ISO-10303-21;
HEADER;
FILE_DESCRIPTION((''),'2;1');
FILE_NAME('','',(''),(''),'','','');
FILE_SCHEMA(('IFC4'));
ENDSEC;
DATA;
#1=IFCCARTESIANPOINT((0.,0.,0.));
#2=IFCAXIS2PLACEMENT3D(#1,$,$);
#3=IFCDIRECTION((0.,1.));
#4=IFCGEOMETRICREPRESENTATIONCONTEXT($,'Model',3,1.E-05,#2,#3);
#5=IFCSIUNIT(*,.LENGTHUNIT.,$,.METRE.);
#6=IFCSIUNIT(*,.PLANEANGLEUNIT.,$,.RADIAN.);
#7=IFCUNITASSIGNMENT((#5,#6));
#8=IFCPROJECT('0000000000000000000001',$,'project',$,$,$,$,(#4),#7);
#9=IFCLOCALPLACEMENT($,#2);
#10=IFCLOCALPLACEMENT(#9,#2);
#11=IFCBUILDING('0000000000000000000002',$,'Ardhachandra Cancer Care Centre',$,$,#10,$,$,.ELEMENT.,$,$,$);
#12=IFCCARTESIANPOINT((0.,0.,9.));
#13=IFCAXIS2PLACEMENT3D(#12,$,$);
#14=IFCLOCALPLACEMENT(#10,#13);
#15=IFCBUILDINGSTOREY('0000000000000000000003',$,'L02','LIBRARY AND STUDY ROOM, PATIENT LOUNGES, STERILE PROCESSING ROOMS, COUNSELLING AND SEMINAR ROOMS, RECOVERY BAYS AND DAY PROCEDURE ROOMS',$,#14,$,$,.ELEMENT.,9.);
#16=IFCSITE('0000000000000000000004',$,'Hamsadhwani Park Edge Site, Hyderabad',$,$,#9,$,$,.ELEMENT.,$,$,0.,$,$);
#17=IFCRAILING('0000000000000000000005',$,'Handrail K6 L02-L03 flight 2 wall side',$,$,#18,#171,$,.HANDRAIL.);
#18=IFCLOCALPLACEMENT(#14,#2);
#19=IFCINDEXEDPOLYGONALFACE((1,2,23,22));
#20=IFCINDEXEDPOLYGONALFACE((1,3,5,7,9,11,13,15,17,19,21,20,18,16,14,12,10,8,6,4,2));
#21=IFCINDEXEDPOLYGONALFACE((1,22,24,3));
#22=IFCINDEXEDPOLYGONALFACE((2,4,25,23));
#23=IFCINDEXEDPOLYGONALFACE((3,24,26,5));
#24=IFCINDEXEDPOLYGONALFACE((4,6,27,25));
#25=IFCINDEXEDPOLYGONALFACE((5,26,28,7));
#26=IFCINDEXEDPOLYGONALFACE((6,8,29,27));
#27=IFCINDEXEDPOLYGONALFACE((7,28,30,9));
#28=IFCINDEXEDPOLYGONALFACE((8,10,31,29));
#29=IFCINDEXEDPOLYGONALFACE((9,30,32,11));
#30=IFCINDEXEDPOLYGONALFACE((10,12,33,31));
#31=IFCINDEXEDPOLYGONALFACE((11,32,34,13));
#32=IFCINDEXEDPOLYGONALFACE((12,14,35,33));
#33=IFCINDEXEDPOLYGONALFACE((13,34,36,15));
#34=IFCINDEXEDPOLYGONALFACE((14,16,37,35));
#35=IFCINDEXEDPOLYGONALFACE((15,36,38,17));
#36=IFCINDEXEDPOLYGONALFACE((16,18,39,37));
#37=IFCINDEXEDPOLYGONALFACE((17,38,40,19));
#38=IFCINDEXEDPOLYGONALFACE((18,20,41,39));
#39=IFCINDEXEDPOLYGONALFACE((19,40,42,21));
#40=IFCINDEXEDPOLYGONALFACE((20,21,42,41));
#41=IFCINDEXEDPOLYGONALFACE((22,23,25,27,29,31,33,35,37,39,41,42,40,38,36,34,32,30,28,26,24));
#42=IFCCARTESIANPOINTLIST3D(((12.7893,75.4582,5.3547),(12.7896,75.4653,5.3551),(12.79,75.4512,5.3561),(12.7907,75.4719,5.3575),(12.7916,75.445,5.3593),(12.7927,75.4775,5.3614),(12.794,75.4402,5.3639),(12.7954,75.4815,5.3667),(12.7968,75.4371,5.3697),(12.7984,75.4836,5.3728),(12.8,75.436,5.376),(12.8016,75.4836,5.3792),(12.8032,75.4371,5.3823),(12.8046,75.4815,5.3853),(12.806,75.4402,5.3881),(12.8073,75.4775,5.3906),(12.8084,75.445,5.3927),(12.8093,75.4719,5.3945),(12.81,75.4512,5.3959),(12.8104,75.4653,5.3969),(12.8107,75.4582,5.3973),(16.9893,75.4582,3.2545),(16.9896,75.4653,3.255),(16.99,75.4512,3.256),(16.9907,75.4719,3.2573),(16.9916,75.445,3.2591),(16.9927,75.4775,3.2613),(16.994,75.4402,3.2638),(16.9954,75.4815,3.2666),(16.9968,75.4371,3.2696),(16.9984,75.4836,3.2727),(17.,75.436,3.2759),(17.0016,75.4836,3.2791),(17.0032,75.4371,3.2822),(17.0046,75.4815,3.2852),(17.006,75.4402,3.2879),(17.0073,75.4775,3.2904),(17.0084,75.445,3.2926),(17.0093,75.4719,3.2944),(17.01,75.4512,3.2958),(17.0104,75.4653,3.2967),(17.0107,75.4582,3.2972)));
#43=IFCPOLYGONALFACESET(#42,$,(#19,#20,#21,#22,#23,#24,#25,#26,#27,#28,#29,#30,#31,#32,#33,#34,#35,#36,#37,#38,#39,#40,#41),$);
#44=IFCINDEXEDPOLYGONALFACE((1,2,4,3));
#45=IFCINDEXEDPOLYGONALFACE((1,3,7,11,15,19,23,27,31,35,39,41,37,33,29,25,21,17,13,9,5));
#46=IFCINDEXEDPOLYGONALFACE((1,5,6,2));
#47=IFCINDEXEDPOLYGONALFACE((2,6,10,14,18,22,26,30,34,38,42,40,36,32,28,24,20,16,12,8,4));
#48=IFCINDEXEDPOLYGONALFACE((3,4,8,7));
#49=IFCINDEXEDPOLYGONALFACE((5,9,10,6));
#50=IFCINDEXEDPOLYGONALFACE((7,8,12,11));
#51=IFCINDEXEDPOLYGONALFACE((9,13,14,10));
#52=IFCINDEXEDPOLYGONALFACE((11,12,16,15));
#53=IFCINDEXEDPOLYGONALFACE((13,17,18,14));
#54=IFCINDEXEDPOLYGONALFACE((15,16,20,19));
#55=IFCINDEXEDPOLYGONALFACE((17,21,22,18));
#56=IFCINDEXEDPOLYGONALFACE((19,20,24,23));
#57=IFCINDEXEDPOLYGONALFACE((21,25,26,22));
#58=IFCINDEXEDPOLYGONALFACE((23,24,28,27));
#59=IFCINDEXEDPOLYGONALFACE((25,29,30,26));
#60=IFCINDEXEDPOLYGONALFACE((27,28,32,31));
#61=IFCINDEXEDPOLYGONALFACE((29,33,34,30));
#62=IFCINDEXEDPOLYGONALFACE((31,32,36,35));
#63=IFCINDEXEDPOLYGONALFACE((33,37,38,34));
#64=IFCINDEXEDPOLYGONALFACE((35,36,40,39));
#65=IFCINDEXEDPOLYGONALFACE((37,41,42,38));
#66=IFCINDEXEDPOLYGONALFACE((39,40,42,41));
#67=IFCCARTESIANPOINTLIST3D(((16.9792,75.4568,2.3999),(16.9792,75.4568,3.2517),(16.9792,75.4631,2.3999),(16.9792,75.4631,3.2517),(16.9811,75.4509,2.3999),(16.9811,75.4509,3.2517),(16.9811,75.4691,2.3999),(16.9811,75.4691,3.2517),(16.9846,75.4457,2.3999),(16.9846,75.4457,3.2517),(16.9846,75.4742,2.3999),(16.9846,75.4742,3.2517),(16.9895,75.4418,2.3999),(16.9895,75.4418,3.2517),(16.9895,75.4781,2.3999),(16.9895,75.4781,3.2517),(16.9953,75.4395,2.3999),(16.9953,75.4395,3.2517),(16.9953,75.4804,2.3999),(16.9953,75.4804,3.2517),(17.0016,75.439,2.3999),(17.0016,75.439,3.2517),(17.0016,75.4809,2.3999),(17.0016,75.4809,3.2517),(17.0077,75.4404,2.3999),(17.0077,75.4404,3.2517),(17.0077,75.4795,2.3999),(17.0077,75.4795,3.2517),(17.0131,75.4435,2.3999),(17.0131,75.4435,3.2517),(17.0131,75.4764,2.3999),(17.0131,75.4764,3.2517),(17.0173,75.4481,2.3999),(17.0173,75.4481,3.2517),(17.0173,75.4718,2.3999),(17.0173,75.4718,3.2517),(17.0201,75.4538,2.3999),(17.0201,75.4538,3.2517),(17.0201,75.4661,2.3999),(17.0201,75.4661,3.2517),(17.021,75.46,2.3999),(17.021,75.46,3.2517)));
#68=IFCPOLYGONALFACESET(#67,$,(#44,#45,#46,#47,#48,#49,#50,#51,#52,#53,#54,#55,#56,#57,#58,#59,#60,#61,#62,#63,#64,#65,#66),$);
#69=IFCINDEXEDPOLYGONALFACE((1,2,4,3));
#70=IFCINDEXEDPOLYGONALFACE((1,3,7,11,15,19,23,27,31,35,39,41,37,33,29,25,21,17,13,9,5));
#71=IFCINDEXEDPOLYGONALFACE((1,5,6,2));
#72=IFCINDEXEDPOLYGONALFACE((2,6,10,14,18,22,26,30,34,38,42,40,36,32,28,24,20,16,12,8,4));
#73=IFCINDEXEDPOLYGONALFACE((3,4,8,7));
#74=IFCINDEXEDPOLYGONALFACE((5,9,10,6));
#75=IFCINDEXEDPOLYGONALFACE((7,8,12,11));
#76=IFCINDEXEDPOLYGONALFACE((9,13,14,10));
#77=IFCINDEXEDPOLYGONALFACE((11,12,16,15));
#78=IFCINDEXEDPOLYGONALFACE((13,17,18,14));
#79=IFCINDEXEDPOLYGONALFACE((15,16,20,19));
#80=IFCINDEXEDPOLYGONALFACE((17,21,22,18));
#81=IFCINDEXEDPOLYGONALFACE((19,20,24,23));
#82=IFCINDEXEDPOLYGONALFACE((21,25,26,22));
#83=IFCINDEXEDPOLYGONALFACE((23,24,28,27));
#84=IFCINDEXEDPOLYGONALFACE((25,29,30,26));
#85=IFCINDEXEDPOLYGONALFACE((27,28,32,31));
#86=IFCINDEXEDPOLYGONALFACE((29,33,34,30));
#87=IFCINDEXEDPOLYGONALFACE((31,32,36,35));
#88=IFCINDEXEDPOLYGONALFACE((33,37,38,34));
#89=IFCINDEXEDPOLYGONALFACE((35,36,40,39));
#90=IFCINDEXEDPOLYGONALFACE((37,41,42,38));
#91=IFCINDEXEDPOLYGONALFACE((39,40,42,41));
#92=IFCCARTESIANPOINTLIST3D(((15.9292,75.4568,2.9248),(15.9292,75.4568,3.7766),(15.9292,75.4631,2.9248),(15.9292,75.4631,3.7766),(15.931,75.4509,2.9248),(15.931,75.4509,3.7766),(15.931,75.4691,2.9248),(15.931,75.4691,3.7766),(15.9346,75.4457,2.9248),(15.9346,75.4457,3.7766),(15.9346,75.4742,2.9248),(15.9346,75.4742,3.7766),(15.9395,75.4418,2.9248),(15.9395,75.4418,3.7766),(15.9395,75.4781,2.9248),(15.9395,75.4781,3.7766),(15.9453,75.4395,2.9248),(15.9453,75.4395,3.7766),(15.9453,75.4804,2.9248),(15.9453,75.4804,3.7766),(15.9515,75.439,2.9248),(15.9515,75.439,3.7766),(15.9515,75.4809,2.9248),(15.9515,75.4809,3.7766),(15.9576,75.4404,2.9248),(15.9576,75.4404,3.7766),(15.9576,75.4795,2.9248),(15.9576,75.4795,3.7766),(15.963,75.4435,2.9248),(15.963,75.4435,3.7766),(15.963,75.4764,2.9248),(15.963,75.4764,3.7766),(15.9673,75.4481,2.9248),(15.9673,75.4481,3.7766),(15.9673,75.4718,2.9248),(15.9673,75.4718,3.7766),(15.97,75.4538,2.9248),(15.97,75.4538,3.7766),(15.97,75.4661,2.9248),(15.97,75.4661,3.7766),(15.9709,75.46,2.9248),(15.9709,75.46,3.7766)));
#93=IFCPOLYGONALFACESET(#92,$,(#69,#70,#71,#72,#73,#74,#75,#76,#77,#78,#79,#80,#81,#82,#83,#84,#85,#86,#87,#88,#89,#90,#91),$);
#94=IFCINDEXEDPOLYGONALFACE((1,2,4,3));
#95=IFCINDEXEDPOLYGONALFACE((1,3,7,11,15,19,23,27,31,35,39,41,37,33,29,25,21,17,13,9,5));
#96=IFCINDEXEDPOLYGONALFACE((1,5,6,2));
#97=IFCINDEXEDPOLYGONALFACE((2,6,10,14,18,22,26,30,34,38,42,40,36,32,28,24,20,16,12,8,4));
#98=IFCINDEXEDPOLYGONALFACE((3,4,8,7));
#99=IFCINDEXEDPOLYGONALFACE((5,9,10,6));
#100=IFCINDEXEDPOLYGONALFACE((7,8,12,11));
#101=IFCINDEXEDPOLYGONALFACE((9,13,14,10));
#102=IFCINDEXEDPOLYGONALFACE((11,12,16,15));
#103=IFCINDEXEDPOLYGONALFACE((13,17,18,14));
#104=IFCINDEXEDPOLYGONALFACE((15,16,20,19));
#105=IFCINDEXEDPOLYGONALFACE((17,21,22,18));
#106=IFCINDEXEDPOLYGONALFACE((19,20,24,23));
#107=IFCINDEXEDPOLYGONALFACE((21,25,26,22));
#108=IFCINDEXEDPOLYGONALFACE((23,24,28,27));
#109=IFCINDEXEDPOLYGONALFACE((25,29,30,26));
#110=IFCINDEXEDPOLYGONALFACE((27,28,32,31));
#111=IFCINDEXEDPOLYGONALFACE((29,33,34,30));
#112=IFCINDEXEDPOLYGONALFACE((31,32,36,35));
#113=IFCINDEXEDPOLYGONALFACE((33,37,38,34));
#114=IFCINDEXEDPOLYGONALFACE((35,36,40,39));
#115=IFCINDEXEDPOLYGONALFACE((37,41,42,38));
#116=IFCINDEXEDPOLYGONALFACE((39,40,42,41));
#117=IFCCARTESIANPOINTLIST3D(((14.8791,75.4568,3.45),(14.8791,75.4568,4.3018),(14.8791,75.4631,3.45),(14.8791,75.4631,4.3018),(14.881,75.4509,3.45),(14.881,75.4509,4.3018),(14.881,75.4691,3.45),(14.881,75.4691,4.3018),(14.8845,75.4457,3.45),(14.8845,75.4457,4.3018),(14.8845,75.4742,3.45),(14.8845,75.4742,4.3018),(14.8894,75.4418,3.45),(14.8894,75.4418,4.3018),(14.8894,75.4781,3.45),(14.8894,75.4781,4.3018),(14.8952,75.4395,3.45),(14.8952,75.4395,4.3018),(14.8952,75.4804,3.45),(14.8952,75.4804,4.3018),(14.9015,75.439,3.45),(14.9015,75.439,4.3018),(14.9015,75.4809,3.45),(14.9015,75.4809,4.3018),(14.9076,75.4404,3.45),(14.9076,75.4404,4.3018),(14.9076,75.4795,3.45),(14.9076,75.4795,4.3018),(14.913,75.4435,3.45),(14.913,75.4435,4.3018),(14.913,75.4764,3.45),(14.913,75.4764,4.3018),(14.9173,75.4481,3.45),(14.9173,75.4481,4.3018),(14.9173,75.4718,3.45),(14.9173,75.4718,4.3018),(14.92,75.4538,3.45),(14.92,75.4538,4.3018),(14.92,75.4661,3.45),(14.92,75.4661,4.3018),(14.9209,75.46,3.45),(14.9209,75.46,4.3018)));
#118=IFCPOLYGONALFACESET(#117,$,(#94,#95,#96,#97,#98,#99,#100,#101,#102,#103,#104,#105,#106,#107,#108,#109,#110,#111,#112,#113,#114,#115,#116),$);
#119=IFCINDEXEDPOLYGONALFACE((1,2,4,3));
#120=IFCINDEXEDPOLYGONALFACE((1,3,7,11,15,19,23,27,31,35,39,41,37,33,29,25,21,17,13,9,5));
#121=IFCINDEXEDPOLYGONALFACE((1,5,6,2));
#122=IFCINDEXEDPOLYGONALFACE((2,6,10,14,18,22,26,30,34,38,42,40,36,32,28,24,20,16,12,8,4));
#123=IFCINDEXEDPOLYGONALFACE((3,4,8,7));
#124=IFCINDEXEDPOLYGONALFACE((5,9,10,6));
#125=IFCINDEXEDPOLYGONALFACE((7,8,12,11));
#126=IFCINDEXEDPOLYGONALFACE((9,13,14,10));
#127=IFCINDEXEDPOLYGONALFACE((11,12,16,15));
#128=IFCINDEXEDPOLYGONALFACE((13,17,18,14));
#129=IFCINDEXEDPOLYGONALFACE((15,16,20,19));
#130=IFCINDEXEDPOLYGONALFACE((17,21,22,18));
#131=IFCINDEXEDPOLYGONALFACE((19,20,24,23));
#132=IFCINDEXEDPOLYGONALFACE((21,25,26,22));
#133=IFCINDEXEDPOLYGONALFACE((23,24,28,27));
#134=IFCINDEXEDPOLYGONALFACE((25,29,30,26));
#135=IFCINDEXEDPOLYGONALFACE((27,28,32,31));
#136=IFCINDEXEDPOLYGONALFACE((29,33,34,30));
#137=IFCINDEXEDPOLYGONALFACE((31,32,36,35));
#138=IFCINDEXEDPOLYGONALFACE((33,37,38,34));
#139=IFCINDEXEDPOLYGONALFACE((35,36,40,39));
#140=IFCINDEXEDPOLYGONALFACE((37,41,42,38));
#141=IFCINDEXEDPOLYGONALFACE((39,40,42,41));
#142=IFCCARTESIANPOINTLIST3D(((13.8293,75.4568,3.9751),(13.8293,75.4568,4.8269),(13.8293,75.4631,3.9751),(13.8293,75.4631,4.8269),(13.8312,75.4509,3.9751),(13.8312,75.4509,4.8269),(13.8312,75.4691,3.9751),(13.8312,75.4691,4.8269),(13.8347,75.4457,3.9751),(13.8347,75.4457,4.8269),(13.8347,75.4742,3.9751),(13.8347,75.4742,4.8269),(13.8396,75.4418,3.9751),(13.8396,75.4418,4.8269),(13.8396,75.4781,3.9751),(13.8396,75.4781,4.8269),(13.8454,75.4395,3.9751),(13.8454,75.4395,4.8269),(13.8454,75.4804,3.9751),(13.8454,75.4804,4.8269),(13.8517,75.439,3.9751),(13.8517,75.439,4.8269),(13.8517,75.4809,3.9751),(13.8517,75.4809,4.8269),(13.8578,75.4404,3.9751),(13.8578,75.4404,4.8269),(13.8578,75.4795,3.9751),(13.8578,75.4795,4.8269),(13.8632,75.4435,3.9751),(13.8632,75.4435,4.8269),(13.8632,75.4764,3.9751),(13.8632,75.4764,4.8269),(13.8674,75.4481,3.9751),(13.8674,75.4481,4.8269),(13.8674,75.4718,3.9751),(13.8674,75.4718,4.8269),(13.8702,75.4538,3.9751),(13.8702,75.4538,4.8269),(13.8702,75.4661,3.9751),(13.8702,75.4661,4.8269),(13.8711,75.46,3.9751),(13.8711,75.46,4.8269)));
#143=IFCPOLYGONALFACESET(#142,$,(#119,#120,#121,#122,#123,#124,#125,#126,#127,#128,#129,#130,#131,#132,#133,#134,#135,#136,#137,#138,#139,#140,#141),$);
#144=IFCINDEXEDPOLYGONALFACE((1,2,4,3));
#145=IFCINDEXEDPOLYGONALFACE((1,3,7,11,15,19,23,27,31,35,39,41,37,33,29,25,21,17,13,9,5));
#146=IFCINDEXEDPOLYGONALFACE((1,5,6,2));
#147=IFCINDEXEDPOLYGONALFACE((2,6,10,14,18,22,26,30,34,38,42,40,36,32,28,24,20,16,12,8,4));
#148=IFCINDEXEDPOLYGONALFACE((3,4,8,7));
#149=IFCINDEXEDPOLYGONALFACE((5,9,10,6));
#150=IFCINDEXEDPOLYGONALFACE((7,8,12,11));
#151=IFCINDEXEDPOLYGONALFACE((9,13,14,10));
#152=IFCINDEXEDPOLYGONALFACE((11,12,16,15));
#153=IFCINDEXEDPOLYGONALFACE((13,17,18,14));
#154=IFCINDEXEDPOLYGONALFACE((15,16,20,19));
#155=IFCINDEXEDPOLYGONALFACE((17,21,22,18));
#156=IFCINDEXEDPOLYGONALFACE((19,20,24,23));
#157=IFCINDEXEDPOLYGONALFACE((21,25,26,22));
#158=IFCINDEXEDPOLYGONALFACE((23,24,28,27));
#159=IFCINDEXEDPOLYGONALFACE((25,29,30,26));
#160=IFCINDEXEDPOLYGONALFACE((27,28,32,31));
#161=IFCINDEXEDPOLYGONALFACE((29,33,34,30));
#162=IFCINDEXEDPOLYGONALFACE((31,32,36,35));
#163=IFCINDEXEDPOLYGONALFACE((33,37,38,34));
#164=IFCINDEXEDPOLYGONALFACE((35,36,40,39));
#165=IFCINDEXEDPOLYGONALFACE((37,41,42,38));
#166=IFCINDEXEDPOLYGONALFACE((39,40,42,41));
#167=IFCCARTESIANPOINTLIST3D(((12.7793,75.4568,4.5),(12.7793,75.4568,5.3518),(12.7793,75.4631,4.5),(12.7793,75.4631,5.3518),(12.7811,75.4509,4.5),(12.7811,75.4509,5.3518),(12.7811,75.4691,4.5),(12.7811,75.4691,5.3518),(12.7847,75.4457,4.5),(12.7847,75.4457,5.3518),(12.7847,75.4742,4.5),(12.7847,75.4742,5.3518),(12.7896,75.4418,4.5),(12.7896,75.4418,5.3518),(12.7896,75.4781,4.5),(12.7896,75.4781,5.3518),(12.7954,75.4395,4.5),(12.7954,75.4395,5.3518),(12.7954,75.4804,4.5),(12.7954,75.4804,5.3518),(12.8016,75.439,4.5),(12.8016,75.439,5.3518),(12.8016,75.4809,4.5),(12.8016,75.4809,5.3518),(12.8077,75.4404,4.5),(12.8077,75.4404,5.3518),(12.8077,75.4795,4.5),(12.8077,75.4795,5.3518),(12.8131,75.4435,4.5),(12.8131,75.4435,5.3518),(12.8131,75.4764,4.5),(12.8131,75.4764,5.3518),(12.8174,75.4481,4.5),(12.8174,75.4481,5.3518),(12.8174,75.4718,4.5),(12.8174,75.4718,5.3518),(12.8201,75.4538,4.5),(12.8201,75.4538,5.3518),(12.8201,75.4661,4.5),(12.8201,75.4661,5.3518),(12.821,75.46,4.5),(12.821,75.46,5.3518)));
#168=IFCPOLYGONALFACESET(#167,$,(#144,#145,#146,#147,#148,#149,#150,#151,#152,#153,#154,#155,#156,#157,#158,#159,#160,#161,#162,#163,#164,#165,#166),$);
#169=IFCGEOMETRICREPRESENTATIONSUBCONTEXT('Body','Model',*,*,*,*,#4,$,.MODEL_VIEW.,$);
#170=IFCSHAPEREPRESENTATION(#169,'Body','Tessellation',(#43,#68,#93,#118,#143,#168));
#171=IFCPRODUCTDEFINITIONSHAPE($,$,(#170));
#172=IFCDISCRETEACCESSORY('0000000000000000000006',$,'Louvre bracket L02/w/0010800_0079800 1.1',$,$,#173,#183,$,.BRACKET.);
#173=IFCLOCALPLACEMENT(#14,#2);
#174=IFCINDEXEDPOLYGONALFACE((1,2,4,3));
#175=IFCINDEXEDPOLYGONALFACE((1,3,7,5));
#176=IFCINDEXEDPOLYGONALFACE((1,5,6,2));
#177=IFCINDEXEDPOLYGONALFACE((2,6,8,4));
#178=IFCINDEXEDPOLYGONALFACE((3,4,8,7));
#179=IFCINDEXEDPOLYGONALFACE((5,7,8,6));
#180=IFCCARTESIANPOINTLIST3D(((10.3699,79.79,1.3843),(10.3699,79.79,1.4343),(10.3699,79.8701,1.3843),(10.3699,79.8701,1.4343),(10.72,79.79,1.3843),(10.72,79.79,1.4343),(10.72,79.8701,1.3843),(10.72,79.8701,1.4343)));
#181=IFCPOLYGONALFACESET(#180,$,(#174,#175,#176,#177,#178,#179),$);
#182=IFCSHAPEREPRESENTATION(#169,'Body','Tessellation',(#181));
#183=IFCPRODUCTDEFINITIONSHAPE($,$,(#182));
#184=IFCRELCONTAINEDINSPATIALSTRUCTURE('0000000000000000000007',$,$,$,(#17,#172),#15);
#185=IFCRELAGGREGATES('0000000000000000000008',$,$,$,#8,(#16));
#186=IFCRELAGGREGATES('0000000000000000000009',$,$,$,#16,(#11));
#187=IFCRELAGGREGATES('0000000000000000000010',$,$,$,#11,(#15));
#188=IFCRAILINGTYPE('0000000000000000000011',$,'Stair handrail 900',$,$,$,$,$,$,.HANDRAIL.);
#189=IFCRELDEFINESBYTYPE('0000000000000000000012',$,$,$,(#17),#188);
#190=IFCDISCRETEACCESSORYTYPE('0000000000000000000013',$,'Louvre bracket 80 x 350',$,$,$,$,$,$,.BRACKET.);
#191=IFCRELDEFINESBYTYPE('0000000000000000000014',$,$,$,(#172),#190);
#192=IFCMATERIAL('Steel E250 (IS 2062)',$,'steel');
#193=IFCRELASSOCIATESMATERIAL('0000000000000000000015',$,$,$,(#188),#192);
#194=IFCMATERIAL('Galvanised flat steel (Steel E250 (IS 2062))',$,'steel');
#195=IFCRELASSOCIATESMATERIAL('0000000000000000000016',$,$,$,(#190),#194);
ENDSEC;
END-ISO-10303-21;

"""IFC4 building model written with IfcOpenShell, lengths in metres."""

from ifc_helpers import new_model, si_unit, direction, frame, origin, origin_2d, place, context, subcontext, project, spatial, rectangle, circle, extrude, material, type_object, element, save


model = new_model("IFC4")

# Units and contexts
model_context = context("Model", 3, precision=1e-05, world=origin(), true_north=direction((0.0, 1.0)))
body_context = subcontext(model_context, "Body", "Model", "MODEL_VIEW")
ifc_project = project(units=[si_unit("LENGTHUNIT", "METRE"), si_unit("PLANEANGLEUNIT", "RADIAN")], contexts=[model_context])

# Site, building, storey
site_placement = place(None, origin())
site = spatial("IfcSite", under=ifc_project, at=site_placement, Name="Hamsadhwani Park Edge Site, Hyderabad", CompositionType="ELEMENT", RefElevation=0.0)
building_placement = place(site_placement, origin())
building = spatial("IfcBuilding", under=site, at=building_placement, Name="Ardhachandra Cancer Care Centre", CompositionType="ELEMENT")
storey_placement = place(building_placement, frame((0.0, 0.0, 9.0)))
storey = spatial("IfcBuildingStorey", under=building, at=storey_placement, Name="L02", Description="LIBRARY AND STUDY ROOM, PATIENT LOUNGES, STERILE PROCESSING ROOMS, COUNSELLING AND SEMINAR ROOMS, RECOVERY BAYS AND DAY PROCEDURE ROOMS", CompositionType="ELEMENT", Elevation=9.0)

# Railing
ifc_material_1 = material(Name="Steel E250 (IS 2062)", Category="steel")
railing_type_1 = type_object("IfcRailingType", Name="Stair handrail 900", PredefinedType="HANDRAIL", material=ifc_material_1)
for number, where, name in (
    (1, (17.0, 75.46, 2.3999), "Handrail K6 L02-L03 flight 2 wall side"),
):
    element("IfcRailing", number, at=place(storey_placement, frame(where)), inside=storey, type_object=railing_type_1, Name=name, PredefinedType="HANDRAIL", context=body_context, shape_type="SweptSolid", body=[
        extrude(circle(Radius=0.0239, at=origin_2d()), frame((0.0, 0.0, 0.876), z_axis=(-0.894417, 0.0, 0.447234), x_axis=(0.0, -1.0, 0.0)), (0.0, 0.0, 1.0), 4.6958),
        extrude(circle(Radius=0.021, at=origin_2d()), origin(), (0.0, 0.0, 1.0), 0.8518),
        extrude(circle(Radius=0.021, at=origin_2d()), frame((-1.05, 0.0, 0.5249)), (0.0, 0.0, 1.0), 0.8518),
        extrude(circle(Radius=0.021, at=origin_2d()), frame((-2.1001, 0.0, 1.05)), (0.0, 0.0, 1.0), 0.8518),
        extrude(circle(Radius=0.021, at=origin_2d()), frame((-3.1499, 0.0, 1.5752)), (0.0, 0.0, 1.0), 0.8518),
        extrude(circle(Radius=0.021, at=origin_2d()), frame((-4.2, 0.0, 2.1001)), (0.0, 0.0, 1.0), 0.8518),
    ])

# Discrete accessory
ifc_material_2 = material(Name="Galvanised flat steel (Steel E250 (IS 2062))", Category="steel")
discrete_accessory_type = type_object("IfcDiscreteAccessoryType", Name="Louvre bracket 80 x 350", PredefinedType="BRACKET", material=ifc_material_2)
discrete_accessory_placement = place(storey_placement, frame((10.5449, 79.8301, 1.3843), z_axis=(0.0, 0.0, 1.0), x_axis=(0.0, 1.0, 0.0)))
element("IfcDiscreteAccessory", 2, at=discrete_accessory_placement, inside=storey, type_object=discrete_accessory_type, Name="Louvre bracket L02/w/0010800_0079800 1.1", PredefinedType="BRACKET", context=body_context, shape_type="SweptSolid", body=[
    extrude(rectangle(XDim=0.0801, YDim=0.3501, at=origin_2d()), origin(), (0.0, 0.0, 1.0), 0.05),
])

save(model, "model.ifc")
